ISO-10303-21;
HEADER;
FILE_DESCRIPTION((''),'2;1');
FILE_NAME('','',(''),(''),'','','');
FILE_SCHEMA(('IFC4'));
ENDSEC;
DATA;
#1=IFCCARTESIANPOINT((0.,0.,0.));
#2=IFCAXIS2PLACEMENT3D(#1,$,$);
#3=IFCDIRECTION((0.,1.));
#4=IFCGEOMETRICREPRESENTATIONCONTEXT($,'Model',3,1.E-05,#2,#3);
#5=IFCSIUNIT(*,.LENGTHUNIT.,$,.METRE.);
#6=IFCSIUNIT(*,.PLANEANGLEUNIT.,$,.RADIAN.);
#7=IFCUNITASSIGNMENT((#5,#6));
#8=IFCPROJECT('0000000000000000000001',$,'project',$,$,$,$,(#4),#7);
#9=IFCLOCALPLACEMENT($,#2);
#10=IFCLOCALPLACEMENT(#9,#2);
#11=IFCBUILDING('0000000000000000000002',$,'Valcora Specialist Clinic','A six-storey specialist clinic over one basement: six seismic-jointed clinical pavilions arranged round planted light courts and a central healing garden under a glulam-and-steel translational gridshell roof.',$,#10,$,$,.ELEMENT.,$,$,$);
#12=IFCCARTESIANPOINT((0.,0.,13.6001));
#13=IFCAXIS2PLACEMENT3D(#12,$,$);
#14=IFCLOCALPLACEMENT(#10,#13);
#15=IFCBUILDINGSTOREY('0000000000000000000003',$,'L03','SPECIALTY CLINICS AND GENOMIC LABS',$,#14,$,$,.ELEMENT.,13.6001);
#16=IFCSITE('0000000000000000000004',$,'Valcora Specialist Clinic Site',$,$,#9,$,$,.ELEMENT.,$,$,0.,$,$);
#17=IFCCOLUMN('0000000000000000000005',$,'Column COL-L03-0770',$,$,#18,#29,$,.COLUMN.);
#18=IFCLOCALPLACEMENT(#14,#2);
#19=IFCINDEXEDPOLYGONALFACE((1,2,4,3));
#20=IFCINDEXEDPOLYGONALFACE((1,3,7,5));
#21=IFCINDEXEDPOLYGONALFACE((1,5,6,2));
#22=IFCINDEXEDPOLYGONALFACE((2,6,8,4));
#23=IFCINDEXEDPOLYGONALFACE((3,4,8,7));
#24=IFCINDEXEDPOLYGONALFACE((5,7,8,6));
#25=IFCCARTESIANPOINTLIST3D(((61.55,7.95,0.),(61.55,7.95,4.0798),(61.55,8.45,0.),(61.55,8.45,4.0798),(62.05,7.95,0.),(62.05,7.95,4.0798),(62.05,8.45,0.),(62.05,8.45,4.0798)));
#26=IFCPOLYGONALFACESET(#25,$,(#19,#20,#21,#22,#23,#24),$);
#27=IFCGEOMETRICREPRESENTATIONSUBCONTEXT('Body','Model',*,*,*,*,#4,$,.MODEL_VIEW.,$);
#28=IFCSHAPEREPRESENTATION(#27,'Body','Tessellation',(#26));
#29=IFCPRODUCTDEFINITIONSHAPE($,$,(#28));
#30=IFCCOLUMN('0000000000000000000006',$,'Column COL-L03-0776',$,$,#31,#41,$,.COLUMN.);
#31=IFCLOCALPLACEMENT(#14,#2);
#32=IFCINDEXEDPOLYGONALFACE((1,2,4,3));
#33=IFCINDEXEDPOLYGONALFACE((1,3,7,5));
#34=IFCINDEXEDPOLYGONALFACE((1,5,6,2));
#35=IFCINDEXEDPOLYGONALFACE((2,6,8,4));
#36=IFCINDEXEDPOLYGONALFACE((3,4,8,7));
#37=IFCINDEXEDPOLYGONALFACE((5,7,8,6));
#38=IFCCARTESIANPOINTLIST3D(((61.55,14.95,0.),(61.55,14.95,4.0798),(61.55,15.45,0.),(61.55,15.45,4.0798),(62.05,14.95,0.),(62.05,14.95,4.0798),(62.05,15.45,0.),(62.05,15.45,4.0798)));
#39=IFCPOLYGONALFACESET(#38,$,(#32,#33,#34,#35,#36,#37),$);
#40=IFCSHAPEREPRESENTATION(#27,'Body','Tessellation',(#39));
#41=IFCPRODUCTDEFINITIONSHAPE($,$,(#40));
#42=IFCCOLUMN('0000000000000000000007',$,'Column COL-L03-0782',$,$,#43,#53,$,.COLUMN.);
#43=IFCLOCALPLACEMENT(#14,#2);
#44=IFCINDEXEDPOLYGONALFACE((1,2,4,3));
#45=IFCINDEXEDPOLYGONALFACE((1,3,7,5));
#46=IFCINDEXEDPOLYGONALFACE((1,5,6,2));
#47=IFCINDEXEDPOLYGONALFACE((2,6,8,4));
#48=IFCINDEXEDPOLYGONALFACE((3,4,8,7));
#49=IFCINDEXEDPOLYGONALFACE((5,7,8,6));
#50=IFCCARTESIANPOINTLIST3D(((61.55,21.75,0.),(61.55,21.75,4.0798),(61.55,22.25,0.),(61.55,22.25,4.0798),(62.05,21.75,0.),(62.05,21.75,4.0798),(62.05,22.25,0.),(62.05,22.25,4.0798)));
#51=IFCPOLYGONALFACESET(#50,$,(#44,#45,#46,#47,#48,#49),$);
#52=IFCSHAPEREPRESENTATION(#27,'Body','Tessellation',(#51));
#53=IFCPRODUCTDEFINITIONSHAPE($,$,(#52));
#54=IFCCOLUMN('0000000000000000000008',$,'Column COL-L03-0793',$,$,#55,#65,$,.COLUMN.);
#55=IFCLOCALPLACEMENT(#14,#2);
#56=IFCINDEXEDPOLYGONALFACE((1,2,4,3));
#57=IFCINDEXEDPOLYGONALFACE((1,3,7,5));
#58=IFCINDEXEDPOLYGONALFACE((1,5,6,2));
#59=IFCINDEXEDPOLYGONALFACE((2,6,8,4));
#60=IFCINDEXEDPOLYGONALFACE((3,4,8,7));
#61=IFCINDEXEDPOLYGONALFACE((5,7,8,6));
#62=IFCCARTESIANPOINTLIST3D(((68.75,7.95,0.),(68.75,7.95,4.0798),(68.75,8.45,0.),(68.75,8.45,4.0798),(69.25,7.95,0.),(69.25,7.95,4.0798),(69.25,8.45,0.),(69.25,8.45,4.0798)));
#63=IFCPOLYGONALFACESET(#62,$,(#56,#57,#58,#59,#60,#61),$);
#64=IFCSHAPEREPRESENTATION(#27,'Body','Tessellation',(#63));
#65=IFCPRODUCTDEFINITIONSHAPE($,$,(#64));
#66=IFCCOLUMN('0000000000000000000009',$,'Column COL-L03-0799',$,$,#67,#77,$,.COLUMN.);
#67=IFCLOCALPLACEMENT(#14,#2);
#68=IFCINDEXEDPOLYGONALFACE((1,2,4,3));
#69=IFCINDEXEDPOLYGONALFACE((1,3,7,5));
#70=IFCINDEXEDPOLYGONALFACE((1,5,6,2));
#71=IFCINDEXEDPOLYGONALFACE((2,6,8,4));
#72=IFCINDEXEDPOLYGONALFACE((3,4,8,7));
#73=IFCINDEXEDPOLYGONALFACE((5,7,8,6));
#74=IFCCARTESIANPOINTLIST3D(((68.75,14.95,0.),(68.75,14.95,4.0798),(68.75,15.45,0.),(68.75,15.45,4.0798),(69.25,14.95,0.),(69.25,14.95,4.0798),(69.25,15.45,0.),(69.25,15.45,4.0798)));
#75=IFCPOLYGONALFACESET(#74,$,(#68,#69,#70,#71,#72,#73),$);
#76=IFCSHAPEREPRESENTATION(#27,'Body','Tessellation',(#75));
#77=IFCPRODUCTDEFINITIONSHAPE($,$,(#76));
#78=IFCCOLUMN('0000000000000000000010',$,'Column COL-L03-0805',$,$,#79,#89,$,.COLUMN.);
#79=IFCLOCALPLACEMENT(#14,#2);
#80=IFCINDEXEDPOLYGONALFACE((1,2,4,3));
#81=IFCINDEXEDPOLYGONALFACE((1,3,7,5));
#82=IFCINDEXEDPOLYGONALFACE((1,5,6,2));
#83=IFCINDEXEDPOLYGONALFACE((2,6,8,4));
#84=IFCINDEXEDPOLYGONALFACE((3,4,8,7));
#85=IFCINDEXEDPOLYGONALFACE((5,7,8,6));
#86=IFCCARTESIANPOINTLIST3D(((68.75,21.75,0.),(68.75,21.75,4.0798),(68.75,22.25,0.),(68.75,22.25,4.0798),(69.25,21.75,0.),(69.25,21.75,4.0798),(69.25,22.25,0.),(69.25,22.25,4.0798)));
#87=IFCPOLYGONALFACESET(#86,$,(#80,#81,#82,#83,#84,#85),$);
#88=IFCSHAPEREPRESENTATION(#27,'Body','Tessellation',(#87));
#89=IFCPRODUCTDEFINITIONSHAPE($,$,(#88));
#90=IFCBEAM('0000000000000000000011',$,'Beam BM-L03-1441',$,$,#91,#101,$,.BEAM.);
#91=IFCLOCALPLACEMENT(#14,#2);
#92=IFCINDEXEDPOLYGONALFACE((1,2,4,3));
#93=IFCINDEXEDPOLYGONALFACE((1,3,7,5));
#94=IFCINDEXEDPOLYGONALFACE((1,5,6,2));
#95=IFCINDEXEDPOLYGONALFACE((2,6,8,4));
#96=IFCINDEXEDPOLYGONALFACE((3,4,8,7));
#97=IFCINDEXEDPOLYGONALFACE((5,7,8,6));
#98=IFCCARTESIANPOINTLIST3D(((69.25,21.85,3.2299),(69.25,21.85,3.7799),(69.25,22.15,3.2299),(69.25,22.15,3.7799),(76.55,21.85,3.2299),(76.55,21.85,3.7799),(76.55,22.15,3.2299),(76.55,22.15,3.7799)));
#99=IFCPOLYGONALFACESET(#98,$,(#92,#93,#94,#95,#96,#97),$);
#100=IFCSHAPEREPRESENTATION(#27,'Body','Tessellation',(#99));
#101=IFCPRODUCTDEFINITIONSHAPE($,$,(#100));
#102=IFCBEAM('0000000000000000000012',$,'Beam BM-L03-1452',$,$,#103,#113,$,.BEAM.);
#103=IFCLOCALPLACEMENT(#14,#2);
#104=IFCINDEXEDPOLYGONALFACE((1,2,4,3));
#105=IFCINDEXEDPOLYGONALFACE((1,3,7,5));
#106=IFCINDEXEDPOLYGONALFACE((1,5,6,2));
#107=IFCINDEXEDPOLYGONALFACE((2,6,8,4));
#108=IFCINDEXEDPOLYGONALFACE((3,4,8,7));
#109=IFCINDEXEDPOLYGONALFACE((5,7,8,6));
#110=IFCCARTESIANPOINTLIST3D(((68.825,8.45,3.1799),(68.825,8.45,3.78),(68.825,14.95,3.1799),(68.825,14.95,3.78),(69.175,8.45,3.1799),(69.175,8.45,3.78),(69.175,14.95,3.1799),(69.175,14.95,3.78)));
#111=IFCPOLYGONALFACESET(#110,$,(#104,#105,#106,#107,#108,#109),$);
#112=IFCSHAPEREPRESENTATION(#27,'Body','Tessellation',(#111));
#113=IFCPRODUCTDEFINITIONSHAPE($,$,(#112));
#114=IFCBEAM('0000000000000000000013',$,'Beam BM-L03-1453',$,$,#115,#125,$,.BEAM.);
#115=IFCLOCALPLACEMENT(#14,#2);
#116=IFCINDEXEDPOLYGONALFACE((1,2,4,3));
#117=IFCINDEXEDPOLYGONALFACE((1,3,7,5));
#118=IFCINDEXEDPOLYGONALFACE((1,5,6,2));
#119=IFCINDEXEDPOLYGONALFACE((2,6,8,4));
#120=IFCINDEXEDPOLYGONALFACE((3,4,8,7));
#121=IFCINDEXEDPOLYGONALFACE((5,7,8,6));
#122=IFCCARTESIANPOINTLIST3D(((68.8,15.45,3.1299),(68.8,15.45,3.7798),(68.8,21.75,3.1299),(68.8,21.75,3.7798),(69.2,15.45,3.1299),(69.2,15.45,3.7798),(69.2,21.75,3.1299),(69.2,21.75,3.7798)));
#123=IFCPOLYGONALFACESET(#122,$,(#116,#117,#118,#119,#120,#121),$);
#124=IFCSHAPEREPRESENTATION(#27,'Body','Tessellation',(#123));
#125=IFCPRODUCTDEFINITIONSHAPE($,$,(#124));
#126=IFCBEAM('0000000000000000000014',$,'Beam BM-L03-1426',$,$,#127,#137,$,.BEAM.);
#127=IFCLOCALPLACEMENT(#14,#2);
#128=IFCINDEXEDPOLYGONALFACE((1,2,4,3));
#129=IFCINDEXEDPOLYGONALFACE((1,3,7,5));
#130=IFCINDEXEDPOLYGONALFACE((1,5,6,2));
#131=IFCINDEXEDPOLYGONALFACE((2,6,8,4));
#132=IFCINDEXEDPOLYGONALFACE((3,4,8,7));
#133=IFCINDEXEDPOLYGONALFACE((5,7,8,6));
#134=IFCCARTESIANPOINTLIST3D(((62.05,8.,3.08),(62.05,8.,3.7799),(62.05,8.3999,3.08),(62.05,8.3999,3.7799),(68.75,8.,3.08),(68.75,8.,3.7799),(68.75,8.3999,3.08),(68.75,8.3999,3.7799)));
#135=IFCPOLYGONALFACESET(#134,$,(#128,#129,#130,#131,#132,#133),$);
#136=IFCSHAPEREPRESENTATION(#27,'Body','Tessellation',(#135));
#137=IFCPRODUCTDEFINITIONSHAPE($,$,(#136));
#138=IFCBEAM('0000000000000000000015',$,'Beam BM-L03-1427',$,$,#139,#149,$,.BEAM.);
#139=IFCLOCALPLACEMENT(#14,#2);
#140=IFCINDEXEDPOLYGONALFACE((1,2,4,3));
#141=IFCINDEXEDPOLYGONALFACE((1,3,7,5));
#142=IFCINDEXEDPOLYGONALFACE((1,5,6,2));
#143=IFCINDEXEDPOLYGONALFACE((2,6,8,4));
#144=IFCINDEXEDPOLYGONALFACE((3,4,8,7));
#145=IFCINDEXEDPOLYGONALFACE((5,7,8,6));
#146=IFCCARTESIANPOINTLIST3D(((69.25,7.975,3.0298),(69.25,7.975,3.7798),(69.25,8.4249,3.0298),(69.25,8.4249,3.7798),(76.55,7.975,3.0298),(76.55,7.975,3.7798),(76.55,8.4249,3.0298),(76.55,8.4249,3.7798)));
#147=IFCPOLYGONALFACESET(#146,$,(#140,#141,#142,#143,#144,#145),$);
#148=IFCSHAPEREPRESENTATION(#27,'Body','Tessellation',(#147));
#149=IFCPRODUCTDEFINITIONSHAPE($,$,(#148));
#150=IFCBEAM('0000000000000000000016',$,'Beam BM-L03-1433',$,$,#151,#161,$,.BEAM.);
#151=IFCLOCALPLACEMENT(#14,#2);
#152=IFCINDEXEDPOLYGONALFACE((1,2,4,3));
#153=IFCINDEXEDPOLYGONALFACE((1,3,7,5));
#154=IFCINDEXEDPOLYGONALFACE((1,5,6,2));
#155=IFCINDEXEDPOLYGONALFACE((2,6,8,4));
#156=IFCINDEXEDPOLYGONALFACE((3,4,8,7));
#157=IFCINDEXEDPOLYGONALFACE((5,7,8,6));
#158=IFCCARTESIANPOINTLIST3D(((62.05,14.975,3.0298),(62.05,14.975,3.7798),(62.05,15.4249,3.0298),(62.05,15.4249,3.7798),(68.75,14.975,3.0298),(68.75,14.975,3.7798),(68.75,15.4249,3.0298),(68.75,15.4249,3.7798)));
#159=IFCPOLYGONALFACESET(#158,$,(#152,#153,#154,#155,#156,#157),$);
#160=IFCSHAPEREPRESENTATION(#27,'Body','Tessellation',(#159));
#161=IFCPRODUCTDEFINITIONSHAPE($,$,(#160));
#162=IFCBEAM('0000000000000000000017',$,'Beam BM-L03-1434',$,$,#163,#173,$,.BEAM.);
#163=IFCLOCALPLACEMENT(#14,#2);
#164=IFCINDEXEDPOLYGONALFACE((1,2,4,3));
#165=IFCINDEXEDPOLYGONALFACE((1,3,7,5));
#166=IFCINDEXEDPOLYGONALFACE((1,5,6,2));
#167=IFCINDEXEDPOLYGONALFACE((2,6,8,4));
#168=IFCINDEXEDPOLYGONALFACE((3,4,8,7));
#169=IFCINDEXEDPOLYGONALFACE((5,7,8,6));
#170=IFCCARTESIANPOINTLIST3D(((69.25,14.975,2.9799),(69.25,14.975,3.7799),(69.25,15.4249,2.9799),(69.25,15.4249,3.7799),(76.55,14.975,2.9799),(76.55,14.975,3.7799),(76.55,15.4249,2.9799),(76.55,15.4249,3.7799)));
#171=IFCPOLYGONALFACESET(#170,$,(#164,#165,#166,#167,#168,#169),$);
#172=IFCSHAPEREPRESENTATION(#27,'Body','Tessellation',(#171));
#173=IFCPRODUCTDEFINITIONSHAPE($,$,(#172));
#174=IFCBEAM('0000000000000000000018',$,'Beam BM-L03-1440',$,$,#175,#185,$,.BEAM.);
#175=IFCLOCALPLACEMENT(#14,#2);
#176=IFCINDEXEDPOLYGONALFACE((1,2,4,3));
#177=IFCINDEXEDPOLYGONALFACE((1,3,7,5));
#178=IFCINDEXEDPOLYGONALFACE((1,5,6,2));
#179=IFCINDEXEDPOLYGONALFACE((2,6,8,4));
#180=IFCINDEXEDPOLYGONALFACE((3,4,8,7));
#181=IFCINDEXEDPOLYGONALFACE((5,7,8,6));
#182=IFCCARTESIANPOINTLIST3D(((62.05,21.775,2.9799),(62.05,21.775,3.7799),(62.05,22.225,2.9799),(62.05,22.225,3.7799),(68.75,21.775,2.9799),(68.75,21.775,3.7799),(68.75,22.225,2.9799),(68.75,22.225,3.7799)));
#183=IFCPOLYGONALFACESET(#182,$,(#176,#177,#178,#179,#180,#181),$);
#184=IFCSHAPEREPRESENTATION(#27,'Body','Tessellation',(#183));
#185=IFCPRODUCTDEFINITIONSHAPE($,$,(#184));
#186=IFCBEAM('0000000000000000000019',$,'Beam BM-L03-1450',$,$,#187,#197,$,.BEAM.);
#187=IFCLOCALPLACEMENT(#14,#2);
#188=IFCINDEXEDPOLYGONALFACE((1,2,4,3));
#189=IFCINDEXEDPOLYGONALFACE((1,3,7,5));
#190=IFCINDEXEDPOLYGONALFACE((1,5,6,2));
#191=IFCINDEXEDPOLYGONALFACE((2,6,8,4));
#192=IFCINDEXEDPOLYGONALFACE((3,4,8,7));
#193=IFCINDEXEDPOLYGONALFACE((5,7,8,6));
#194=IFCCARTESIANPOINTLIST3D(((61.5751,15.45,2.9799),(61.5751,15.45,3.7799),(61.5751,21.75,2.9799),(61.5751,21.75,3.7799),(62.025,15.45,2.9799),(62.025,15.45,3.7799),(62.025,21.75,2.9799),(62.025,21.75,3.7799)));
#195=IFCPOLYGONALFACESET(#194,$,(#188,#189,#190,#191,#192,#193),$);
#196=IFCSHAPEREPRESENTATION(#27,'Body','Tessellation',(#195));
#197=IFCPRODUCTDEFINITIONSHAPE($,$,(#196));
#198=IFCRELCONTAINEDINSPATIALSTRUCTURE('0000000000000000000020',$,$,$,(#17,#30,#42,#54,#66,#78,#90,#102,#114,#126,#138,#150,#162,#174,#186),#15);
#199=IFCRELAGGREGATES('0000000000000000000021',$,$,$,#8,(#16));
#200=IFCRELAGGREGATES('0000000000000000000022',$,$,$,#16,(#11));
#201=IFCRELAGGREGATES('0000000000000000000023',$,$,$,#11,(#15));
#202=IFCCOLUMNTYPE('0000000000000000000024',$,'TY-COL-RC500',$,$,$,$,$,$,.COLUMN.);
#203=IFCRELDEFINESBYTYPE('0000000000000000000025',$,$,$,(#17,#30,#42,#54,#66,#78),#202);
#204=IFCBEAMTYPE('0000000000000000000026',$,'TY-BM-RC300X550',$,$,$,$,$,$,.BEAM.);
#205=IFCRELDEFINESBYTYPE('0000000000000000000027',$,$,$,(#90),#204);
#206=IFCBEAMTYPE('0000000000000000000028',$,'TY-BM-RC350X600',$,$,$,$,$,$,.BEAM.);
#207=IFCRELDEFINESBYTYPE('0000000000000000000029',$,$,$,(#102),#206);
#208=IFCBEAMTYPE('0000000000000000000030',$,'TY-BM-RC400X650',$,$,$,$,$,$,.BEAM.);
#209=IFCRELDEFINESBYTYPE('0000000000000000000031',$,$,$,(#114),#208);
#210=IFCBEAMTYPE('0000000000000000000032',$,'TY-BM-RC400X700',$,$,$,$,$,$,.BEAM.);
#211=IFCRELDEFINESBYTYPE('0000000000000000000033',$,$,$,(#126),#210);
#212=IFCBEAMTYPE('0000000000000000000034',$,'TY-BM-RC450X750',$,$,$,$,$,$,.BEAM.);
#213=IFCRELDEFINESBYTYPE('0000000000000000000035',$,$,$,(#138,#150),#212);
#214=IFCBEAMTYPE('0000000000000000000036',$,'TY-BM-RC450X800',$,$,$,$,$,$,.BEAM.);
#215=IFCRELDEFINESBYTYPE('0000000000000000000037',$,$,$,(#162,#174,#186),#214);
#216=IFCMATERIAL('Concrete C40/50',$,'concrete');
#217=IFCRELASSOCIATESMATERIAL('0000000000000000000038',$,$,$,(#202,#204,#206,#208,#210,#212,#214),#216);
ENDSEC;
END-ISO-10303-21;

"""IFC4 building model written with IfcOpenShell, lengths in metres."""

from ifc_helpers import new_model, si_unit, direction, frame, origin, origin_2d, place, context, subcontext, project, spatial, rectangle, extrude, material, material_profile, profile_set, type_object, element, save


model = new_model("IFC4")

# Units and contexts
model_context = context("Model", 3, precision=1e-05, world=origin(), true_north=direction((0.0, 1.0)))
body_context = subcontext(model_context, "Body", "Model", "MODEL_VIEW")
ifc_project = project(units=[si_unit("LENGTHUNIT", "METRE"), si_unit("PLANEANGLEUNIT", "RADIAN")], contexts=[model_context])

# Site, building, storey
site_placement = place(None, origin())
site = spatial("IfcSite", under=ifc_project, at=site_placement, Name="Valcora Specialist Clinic Site", CompositionType="ELEMENT", RefElevation=0.0)
building_placement = place(site_placement, origin())
building = spatial("IfcBuilding", under=site, at=building_placement, Name="Valcora Specialist Clinic", Description="A six-storey specialist clinic over one basement: six seismic-jointed clinical pavilions arranged round planted light courts and a central healing garden under a glulam-and-steel translational gridshell roof.", CompositionType="ELEMENT")
storey_placement = place(building_placement, frame((0.0, 0.0, 13.6001)))
storey = spatial("IfcBuildingStorey", under=building, at=storey_placement, Name="L03", Description="SPECIALTY CLINICS AND GENOMIC LABS", CompositionType="ELEMENT", Elevation=13.6001)

# Columns
ifc_material_1 = material(Name="Concrete C40/50", Category="concrete")
ifc_material_profile_1 = material_profile(ifc_material_1, rectangle(XDim=0.5, YDim=0.5, at=origin_2d()), Name="RC-COL-500X500")
ifc_profile_set_1 = profile_set([ifc_material_profile_1], Name="Concrete C40/50")
column_type = type_object("IfcColumnType", Name="TY-COL-RC500", PredefinedType="COLUMN", material=ifc_profile_set_1)
for number, where, z_axis, x_axis, name in (
    (1, (61.8, 8.2, 0.0), (0.0, 0.0, 1.0), (1.0, 0.0, 0.0), "Column COL-L03-0770"),
    (2, (61.8, 15.2, 0.0), (0.0, 0.0, 1.0), (1.0, 0.0, 0.0), "Column COL-L03-0776"),
    (3, (61.8, 22.0, 0.0), (0.0, 0.0, 1.0), (1.0, 0.0, 0.0), "Column COL-L03-0782"),
    (4, (69.0, 8.2, 0.0), (0.0, 0.0, 1.0), (1.0, 0.0, 0.0), "Column COL-L03-0793"),
    (5, (69.0, 15.2, 0.0), (0.0, 0.0, 1.0), (1.0, 0.0, 0.0), "Column COL-L03-0799"),
    (6, (69.0, 22.0, 0.0), (0.0, 0.0, 1.0), (1.0, 0.0, 0.0), "Column COL-L03-0805"),
):
    element("IfcColumn", number, at=place(storey_placement, frame(where, z_axis=z_axis, x_axis=x_axis)), inside=storey, type_object=column_type, Name=name, PredefinedType="COLUMN", context=body_context, shape_type="SweptSolid", body=[
        extrude(rectangle(XDim=0.5, YDim=0.5, at=origin_2d()), origin(), (0.0, 0.0, 1.0), 4.0798),
    ])

# Beams
ifc_material_profile_2 = material_profile(ifc_material_1, rectangle(XDim=0.3, YDim=0.55, at=origin_2d()), Name="RC-BM-300X550")
ifc_profile_set_2 = profile_set([ifc_material_profile_2], Name="Concrete C40/50")
beam_type_1 = type_object("IfcBeamType", Name="TY-BM-RC300X550", PredefinedType="BEAM", material=ifc_profile_set_2)
beam_1_placement = place(storey_placement, frame((69.25, 22.0, 3.5049), z_axis=(1.0, 0.0, 0.0), x_axis=(0.0, 1.0, 0.0)))
element("IfcBeam", 7, at=beam_1_placement, inside=storey, type_object=beam_type_1, Name="Beam BM-L03-1441", PredefinedType="BEAM", context=body_context, shape_type="SweptSolid", body=[
    extrude(rectangle(XDim=0.3, YDim=0.55, at=origin_2d()), origin(), (0.0, 0.0, 1.0), 7.3),
])
ifc_material_profile_3 = material_profile(ifc_material_1, rectangle(XDim=0.3501, YDim=0.6001, at=origin_2d()), Name="RC-BM-350X600")
ifc_profile_set_3 = profile_set([ifc_material_profile_3], Name="Concrete C40/50")
beam_type_2 = type_object("IfcBeamType", Name="TY-BM-RC350X600", PredefinedType="BEAM", material=ifc_profile_set_3)
beam_2_placement = place(storey_placement, frame((69.0, 8.45, 3.48), z_axis=(0.0, 1.0, 0.0), x_axis=(-1.0, 0.0, 0.0)))
element("IfcBeam", 8, at=beam_2_placement, inside=storey, type_object=beam_type_2, Name="Beam BM-L03-1452", PredefinedType="BEAM", context=body_context, shape_type="SweptSolid", body=[
    extrude(rectangle(XDim=0.3501, YDim=0.6001, at=origin_2d()), origin(), (0.0, 0.0, 1.0), 6.5),
])
ifc_material_profile_4 = material_profile(ifc_material_1, rectangle(XDim=0.3999, YDim=0.6499, at=origin_2d()), Name="RC-BM-400X650")
ifc_profile_set_4 = profile_set([ifc_material_profile_4], Name="Concrete C40/50")
beam_type_3 = type_object("IfcBeamType", Name="TY-BM-RC400X650", PredefinedType="BEAM", material=ifc_profile_set_4)
beam_3_placement = place(storey_placement, frame((69.0, 15.45, 3.4548), z_axis=(0.0, 1.0, 0.0), x_axis=(-1.0, 0.0, 0.0)))
element("IfcBeam", 9, at=beam_3_placement, inside=storey, type_object=beam_type_3, Name="Beam BM-L03-1453", PredefinedType="BEAM", context=body_context, shape_type="SweptSolid", body=[
    extrude(rectangle(XDim=0.3999, YDim=0.6499, at=origin_2d()), origin(), (0.0, 0.0, 1.0), 6.3),
])
ifc_material_profile_5 = material_profile(ifc_material_1, rectangle(XDim=0.3999, YDim=0.7, at=origin_2d()), Name="RC-BM-400X700")
ifc_profile_set_5 = profile_set([ifc_material_profile_5], Name="Concrete C40/50")
beam_type_4 = type_object("IfcBeamType", Name="TY-BM-RC400X700", PredefinedType="BEAM", material=ifc_profile_set_5)
beam_4_placement = place(storey_placement, frame((62.05, 8.2, 3.4299), z_axis=(1.0, 0.0, 0.0), x_axis=(0.0, 1.0, 0.0)))
element("IfcBeam", 10, at=beam_4_placement, inside=storey, type_object=beam_type_4, Name="Beam BM-L03-1426", PredefinedType="BEAM", context=body_context, shape_type="SweptSolid", body=[
    extrude(rectangle(XDim=0.3999, YDim=0.7, at=origin_2d()), origin(), (0.0, 0.0, 1.0), 6.7),
])
ifc_material_profile_6 = material_profile(ifc_material_1, rectangle(XDim=0.45, YDim=0.75, at=origin_2d()), Name="RC-BM-450X750")
ifc_profile_set_6 = profile_set([ifc_material_profile_6], Name="Concrete C40/50")
beam_type_5 = type_object("IfcBeamType", Name="TY-BM-RC450X750", PredefinedType="BEAM", material=ifc_profile_set_6)
beam_5_placement = place(storey_placement, frame((69.25, 8.2, 3.4048), z_axis=(1.0, 0.0, 0.0), x_axis=(0.0, 1.0, 0.0)))
element("IfcBeam", 11, at=beam_5_placement, inside=storey, type_object=beam_type_5, Name="Beam BM-L03-1427", PredefinedType="BEAM", context=body_context, shape_type="SweptSolid", body=[
    extrude(rectangle(XDim=0.45, YDim=0.75, at=origin_2d()), origin(), (0.0, 0.0, 1.0), 7.3),
])
beam_6_placement = place(storey_placement, frame((62.05, 15.2, 3.4048), z_axis=(1.0, 0.0, 0.0), x_axis=(0.0, 1.0, 0.0)))
element("IfcBeam", 12, at=beam_6_placement, inside=storey, type_object=beam_type_5, Name="Beam BM-L03-1433", PredefinedType="BEAM", context=body_context, shape_type="SweptSolid", body=[
    extrude(rectangle(XDim=0.45, YDim=0.75, at=origin_2d()), origin(), (0.0, 0.0, 1.0), 6.7),
])
ifc_material_profile_7 = material_profile(ifc_material_1, rectangle(XDim=0.45, YDim=0.8, at=origin_2d()), Name="RC-BM-450X800")
ifc_profile_set_7 = profile_set([ifc_material_profile_7], Name="Concrete C40/50")
beam_type_6 = type_object("IfcBeamType", Name="TY-BM-RC450X800", PredefinedType="BEAM", material=ifc_profile_set_7)
beam_7_placement = place(storey_placement, frame((69.25, 15.2, 3.3799), z_axis=(1.0, 0.0, 0.0), x_axis=(0.0, 1.0, 0.0)))
element("IfcBeam", 13, at=beam_7_placement, inside=storey, type_object=beam_type_6, Name="Beam BM-L03-1434", PredefinedType="BEAM", context=body_context, shape_type="SweptSolid", body=[
    extrude(rectangle(XDim=0.45, YDim=0.8, at=origin_2d()), origin(), (0.0, 0.0, 1.0), 7.3),
])
beam_8_placement = place(storey_placement, frame((62.05, 22.0, 3.3799), z_axis=(1.0, 0.0, 0.0), x_axis=(0.0, 1.0, 0.0)))
element("IfcBeam", 14, at=beam_8_placement, inside=storey, type_object=beam_type_6, Name="Beam BM-L03-1440", PredefinedType="BEAM", context=body_context, shape_type="SweptSolid", body=[
    extrude(rectangle(XDim=0.45, YDim=0.8, at=origin_2d()), origin(), (0.0, 0.0, 1.0), 6.7),
])
beam_9_placement = place(storey_placement, frame((61.8, 15.45, 3.3799), z_axis=(0.0, 1.0, 0.0), x_axis=(-1.0, 0.0, 0.0)))
element("IfcBeam", 15, at=beam_9_placement, inside=storey, type_object=beam_type_6, Name="Beam BM-L03-1450", PredefinedType="BEAM", context=body_context, shape_type="SweptSolid", body=[
    extrude(rectangle(XDim=0.45, YDim=0.8, at=origin_2d()), origin(), (0.0, 0.0, 1.0), 6.3),
])

save(model, "model.ifc")
